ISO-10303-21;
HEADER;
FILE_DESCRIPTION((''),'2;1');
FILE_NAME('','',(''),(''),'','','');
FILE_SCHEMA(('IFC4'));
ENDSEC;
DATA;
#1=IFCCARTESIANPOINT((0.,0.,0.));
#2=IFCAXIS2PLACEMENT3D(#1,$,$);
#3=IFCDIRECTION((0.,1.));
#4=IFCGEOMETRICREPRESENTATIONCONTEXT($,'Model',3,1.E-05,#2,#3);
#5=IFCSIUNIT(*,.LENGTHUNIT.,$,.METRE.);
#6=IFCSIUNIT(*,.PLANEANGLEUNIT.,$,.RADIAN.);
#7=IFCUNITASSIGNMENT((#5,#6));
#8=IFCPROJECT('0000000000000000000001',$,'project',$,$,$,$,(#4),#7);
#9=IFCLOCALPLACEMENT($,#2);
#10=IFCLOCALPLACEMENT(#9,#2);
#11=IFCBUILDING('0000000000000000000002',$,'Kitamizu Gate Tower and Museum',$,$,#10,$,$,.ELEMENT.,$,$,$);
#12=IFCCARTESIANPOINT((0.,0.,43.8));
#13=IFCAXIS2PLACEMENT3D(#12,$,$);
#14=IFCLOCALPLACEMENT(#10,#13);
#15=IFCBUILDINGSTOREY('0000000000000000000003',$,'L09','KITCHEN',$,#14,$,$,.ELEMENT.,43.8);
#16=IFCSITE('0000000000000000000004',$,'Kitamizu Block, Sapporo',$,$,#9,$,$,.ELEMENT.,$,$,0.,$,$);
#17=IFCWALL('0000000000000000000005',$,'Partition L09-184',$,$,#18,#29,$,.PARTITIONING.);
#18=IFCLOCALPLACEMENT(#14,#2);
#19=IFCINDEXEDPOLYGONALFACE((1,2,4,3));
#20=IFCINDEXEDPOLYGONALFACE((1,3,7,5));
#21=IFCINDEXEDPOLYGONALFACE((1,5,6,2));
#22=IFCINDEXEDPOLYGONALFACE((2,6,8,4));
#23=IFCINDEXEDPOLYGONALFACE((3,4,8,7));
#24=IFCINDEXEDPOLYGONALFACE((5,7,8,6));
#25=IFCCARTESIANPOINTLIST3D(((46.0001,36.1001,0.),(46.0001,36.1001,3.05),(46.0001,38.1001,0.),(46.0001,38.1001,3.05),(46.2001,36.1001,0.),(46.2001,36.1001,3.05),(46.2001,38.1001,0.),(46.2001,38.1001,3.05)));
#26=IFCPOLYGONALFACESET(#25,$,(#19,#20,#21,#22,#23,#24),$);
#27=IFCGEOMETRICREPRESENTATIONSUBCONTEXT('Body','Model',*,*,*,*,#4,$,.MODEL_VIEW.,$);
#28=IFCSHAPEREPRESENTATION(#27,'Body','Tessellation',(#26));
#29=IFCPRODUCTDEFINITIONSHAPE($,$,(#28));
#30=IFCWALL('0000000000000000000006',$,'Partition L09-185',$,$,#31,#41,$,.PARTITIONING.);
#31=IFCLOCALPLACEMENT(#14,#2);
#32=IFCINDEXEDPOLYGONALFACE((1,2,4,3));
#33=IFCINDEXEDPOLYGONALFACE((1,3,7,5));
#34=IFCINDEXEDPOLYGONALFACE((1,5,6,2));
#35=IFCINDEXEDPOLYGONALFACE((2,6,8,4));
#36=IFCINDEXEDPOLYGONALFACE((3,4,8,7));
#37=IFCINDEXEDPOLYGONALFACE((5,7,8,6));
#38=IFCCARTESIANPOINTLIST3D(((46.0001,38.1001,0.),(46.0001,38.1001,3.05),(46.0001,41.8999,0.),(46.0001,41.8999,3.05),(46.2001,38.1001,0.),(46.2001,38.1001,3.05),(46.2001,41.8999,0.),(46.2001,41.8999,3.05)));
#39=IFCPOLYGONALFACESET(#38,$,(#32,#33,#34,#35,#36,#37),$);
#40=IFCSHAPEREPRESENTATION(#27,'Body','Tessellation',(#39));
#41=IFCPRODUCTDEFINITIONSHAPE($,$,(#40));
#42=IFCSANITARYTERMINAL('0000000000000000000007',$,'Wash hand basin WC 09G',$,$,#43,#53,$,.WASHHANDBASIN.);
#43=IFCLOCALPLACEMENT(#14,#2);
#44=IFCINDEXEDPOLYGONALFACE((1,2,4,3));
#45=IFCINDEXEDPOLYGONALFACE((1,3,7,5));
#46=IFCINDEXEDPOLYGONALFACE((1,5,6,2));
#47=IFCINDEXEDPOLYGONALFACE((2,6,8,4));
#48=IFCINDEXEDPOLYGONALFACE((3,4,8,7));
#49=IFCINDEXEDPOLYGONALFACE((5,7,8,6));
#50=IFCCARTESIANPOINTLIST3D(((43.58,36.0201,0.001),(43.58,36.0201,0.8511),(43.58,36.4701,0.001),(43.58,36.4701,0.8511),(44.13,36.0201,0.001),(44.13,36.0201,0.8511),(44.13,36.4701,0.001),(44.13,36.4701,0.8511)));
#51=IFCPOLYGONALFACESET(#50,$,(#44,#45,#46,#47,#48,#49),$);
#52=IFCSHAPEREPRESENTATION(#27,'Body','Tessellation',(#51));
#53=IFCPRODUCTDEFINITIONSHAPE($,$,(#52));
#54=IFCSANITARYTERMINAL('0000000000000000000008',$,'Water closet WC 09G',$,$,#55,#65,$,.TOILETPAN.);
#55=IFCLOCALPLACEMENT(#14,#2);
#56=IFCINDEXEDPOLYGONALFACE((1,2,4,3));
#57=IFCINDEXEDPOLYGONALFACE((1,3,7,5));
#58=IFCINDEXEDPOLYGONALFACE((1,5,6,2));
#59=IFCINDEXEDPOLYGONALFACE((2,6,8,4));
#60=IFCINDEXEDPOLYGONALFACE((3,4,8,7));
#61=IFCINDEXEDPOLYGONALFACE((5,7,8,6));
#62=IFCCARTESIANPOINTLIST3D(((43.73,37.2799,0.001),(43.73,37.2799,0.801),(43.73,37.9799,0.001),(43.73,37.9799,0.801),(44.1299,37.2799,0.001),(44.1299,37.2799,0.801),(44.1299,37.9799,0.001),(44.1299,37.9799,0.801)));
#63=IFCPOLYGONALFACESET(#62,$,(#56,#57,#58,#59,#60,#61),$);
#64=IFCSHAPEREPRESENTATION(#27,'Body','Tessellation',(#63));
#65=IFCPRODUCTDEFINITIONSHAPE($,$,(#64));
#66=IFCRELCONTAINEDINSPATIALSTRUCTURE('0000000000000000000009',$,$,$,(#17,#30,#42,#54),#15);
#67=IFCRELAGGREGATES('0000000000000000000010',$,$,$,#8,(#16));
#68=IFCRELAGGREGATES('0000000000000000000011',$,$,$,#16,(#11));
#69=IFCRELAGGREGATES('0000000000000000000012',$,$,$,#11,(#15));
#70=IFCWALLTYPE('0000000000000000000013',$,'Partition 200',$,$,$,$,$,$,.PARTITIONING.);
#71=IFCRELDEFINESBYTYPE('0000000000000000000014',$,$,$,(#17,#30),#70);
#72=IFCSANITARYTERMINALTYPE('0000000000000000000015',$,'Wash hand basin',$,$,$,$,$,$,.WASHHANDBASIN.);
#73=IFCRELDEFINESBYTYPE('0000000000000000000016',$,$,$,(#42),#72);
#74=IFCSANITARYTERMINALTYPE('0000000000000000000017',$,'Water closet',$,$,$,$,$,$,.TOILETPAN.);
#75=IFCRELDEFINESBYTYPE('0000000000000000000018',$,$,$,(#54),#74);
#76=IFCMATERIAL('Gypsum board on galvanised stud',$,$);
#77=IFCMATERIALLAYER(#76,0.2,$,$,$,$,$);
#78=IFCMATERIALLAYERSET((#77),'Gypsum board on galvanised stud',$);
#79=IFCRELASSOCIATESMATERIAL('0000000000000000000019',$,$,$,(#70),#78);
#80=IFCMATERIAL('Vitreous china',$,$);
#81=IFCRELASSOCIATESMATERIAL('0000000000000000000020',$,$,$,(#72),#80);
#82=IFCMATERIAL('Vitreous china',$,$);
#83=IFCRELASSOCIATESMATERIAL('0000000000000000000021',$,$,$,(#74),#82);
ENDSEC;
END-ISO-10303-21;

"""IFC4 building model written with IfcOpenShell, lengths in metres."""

from ifc_helpers import new_model, si_unit, direction, frame, frame_2d, origin, origin_2d, place, context, subcontext, project, spatial, rectangle, extrude, material, layer, layer_set, type_object, element, save


model = new_model("IFC4")

# Units and contexts
model_context = context("Model", 3, precision=1e-05, world=origin(), true_north=direction((0.0, 1.0)))
body_context = subcontext(model_context, "Body", "Model", "MODEL_VIEW")
ifc_project = project(units=[si_unit("LENGTHUNIT", "METRE"), si_unit("PLANEANGLEUNIT", "RADIAN")], contexts=[model_context])

# Site, building, storey
site_placement = place(None, origin())
site = spatial("IfcSite", under=ifc_project, at=site_placement, Name="Kitamizu Block, Sapporo", CompositionType="ELEMENT", RefElevation=0.0)
building_placement = place(site_placement, origin())
building = spatial("IfcBuilding", under=site, at=building_placement, Name="Kitamizu Gate Tower and Museum", CompositionType="ELEMENT")
storey_placement = place(building_placement, frame((0.0, 0.0, 43.8)))
storey = spatial("IfcBuildingStorey", under=building, at=storey_placement, Name="L09", Description="KITCHEN", CompositionType="ELEMENT", Elevation=43.8)

# Walls
ifc_material_1 = material(Name="Gypsum board on galvanised stud")
ifc_layer_1 = layer(ifc_material_1, 0.2)
ifc_layer_set_1 = layer_set([ifc_layer_1], Name="Gypsum board on galvanised stud")
wall_type_1 = type_object("IfcWallType", Name="Partition 200", PredefinedType="PARTITIONING", material=ifc_layer_set_1)
wall_1_placement = place(storey_placement, frame((46.1001, 36.1001, 0.0), z_axis=(0.0, 0.0, 1.0), x_axis=(0.0, 1.0, 0.0)))
element("IfcWall", 1, at=wall_1_placement, inside=storey, type_object=wall_type_1, Name="Partition L09-184", PredefinedType="PARTITIONING", context=body_context, shape_type="SweptSolid", body=[
    extrude(rectangle(XDim=2.0, YDim=0.2, at=frame_2d((1.0, 0.0))), origin(), (0.0, 0.0, 1.0), 3.05),
])
wall_2_placement = place(storey_placement, frame((46.1001, 38.1001, 0.0), z_axis=(0.0, 0.0, 1.0), x_axis=(0.0, 1.0, 0.0)))
element("IfcWall", 2, at=wall_2_placement, inside=storey, type_object=wall_type_1, Name="Partition L09-185", PredefinedType="PARTITIONING", context=body_context, shape_type="SweptSolid", body=[
    extrude(rectangle(XDim=3.7998, YDim=0.2, at=frame_2d((1.8999, 0.0))), origin(), (0.0, 0.0, 1.0), 3.05),
])

# Sanitary terminals
ifc_material_2 = material(Name="Vitreous china")
sanitary_terminal_type_1 = type_object("IfcSanitaryTerminalType", Name="Wash hand basin", PredefinedType="WASHHANDBASIN", material=ifc_material_2)
sanitary_terminal_1_placement = place(storey_placement, frame((43.855, 36.2451, 0.001), z_axis=(0.0, 0.0, 1.0), x_axis=(1.0, 0.0, 0.0)))
element("IfcSanitaryTerminal", 3, at=sanitary_terminal_1_placement, inside=storey, type_object=sanitary_terminal_type_1, Name="Wash hand basin WC 09G", PredefinedType="WASHHANDBASIN", context=body_context, shape_type="SweptSolid", body=[
    extrude(rectangle(XDim=0.55, YDim=0.45, at=origin_2d()), origin(), (0.0, 0.0, 1.0), 0.8501),
])
ifc_material_3 = material(Name="Vitreous china")
sanitary_terminal_type_2 = type_object("IfcSanitaryTerminalType", Name="Water closet", PredefinedType="TOILETPAN", material=ifc_material_3)
sanitary_terminal_2_placement = place(storey_placement, frame((43.9299, 37.6299, 0.001), z_axis=(0.0, 0.0, 1.0), x_axis=(1.0, 0.0, 0.0)))
element("IfcSanitaryTerminal", 4, at=sanitary_terminal_2_placement, inside=storey, type_object=sanitary_terminal_type_2, Name="Water closet WC 09G", PredefinedType="TOILETPAN", context=body_context, shape_type="SweptSolid", body=[
    extrude(rectangle(XDim=0.3999, YDim=0.7, at=origin_2d()), origin(), (0.0, 0.0, 1.0), 0.8),
])

save(model, "model.ifc")
